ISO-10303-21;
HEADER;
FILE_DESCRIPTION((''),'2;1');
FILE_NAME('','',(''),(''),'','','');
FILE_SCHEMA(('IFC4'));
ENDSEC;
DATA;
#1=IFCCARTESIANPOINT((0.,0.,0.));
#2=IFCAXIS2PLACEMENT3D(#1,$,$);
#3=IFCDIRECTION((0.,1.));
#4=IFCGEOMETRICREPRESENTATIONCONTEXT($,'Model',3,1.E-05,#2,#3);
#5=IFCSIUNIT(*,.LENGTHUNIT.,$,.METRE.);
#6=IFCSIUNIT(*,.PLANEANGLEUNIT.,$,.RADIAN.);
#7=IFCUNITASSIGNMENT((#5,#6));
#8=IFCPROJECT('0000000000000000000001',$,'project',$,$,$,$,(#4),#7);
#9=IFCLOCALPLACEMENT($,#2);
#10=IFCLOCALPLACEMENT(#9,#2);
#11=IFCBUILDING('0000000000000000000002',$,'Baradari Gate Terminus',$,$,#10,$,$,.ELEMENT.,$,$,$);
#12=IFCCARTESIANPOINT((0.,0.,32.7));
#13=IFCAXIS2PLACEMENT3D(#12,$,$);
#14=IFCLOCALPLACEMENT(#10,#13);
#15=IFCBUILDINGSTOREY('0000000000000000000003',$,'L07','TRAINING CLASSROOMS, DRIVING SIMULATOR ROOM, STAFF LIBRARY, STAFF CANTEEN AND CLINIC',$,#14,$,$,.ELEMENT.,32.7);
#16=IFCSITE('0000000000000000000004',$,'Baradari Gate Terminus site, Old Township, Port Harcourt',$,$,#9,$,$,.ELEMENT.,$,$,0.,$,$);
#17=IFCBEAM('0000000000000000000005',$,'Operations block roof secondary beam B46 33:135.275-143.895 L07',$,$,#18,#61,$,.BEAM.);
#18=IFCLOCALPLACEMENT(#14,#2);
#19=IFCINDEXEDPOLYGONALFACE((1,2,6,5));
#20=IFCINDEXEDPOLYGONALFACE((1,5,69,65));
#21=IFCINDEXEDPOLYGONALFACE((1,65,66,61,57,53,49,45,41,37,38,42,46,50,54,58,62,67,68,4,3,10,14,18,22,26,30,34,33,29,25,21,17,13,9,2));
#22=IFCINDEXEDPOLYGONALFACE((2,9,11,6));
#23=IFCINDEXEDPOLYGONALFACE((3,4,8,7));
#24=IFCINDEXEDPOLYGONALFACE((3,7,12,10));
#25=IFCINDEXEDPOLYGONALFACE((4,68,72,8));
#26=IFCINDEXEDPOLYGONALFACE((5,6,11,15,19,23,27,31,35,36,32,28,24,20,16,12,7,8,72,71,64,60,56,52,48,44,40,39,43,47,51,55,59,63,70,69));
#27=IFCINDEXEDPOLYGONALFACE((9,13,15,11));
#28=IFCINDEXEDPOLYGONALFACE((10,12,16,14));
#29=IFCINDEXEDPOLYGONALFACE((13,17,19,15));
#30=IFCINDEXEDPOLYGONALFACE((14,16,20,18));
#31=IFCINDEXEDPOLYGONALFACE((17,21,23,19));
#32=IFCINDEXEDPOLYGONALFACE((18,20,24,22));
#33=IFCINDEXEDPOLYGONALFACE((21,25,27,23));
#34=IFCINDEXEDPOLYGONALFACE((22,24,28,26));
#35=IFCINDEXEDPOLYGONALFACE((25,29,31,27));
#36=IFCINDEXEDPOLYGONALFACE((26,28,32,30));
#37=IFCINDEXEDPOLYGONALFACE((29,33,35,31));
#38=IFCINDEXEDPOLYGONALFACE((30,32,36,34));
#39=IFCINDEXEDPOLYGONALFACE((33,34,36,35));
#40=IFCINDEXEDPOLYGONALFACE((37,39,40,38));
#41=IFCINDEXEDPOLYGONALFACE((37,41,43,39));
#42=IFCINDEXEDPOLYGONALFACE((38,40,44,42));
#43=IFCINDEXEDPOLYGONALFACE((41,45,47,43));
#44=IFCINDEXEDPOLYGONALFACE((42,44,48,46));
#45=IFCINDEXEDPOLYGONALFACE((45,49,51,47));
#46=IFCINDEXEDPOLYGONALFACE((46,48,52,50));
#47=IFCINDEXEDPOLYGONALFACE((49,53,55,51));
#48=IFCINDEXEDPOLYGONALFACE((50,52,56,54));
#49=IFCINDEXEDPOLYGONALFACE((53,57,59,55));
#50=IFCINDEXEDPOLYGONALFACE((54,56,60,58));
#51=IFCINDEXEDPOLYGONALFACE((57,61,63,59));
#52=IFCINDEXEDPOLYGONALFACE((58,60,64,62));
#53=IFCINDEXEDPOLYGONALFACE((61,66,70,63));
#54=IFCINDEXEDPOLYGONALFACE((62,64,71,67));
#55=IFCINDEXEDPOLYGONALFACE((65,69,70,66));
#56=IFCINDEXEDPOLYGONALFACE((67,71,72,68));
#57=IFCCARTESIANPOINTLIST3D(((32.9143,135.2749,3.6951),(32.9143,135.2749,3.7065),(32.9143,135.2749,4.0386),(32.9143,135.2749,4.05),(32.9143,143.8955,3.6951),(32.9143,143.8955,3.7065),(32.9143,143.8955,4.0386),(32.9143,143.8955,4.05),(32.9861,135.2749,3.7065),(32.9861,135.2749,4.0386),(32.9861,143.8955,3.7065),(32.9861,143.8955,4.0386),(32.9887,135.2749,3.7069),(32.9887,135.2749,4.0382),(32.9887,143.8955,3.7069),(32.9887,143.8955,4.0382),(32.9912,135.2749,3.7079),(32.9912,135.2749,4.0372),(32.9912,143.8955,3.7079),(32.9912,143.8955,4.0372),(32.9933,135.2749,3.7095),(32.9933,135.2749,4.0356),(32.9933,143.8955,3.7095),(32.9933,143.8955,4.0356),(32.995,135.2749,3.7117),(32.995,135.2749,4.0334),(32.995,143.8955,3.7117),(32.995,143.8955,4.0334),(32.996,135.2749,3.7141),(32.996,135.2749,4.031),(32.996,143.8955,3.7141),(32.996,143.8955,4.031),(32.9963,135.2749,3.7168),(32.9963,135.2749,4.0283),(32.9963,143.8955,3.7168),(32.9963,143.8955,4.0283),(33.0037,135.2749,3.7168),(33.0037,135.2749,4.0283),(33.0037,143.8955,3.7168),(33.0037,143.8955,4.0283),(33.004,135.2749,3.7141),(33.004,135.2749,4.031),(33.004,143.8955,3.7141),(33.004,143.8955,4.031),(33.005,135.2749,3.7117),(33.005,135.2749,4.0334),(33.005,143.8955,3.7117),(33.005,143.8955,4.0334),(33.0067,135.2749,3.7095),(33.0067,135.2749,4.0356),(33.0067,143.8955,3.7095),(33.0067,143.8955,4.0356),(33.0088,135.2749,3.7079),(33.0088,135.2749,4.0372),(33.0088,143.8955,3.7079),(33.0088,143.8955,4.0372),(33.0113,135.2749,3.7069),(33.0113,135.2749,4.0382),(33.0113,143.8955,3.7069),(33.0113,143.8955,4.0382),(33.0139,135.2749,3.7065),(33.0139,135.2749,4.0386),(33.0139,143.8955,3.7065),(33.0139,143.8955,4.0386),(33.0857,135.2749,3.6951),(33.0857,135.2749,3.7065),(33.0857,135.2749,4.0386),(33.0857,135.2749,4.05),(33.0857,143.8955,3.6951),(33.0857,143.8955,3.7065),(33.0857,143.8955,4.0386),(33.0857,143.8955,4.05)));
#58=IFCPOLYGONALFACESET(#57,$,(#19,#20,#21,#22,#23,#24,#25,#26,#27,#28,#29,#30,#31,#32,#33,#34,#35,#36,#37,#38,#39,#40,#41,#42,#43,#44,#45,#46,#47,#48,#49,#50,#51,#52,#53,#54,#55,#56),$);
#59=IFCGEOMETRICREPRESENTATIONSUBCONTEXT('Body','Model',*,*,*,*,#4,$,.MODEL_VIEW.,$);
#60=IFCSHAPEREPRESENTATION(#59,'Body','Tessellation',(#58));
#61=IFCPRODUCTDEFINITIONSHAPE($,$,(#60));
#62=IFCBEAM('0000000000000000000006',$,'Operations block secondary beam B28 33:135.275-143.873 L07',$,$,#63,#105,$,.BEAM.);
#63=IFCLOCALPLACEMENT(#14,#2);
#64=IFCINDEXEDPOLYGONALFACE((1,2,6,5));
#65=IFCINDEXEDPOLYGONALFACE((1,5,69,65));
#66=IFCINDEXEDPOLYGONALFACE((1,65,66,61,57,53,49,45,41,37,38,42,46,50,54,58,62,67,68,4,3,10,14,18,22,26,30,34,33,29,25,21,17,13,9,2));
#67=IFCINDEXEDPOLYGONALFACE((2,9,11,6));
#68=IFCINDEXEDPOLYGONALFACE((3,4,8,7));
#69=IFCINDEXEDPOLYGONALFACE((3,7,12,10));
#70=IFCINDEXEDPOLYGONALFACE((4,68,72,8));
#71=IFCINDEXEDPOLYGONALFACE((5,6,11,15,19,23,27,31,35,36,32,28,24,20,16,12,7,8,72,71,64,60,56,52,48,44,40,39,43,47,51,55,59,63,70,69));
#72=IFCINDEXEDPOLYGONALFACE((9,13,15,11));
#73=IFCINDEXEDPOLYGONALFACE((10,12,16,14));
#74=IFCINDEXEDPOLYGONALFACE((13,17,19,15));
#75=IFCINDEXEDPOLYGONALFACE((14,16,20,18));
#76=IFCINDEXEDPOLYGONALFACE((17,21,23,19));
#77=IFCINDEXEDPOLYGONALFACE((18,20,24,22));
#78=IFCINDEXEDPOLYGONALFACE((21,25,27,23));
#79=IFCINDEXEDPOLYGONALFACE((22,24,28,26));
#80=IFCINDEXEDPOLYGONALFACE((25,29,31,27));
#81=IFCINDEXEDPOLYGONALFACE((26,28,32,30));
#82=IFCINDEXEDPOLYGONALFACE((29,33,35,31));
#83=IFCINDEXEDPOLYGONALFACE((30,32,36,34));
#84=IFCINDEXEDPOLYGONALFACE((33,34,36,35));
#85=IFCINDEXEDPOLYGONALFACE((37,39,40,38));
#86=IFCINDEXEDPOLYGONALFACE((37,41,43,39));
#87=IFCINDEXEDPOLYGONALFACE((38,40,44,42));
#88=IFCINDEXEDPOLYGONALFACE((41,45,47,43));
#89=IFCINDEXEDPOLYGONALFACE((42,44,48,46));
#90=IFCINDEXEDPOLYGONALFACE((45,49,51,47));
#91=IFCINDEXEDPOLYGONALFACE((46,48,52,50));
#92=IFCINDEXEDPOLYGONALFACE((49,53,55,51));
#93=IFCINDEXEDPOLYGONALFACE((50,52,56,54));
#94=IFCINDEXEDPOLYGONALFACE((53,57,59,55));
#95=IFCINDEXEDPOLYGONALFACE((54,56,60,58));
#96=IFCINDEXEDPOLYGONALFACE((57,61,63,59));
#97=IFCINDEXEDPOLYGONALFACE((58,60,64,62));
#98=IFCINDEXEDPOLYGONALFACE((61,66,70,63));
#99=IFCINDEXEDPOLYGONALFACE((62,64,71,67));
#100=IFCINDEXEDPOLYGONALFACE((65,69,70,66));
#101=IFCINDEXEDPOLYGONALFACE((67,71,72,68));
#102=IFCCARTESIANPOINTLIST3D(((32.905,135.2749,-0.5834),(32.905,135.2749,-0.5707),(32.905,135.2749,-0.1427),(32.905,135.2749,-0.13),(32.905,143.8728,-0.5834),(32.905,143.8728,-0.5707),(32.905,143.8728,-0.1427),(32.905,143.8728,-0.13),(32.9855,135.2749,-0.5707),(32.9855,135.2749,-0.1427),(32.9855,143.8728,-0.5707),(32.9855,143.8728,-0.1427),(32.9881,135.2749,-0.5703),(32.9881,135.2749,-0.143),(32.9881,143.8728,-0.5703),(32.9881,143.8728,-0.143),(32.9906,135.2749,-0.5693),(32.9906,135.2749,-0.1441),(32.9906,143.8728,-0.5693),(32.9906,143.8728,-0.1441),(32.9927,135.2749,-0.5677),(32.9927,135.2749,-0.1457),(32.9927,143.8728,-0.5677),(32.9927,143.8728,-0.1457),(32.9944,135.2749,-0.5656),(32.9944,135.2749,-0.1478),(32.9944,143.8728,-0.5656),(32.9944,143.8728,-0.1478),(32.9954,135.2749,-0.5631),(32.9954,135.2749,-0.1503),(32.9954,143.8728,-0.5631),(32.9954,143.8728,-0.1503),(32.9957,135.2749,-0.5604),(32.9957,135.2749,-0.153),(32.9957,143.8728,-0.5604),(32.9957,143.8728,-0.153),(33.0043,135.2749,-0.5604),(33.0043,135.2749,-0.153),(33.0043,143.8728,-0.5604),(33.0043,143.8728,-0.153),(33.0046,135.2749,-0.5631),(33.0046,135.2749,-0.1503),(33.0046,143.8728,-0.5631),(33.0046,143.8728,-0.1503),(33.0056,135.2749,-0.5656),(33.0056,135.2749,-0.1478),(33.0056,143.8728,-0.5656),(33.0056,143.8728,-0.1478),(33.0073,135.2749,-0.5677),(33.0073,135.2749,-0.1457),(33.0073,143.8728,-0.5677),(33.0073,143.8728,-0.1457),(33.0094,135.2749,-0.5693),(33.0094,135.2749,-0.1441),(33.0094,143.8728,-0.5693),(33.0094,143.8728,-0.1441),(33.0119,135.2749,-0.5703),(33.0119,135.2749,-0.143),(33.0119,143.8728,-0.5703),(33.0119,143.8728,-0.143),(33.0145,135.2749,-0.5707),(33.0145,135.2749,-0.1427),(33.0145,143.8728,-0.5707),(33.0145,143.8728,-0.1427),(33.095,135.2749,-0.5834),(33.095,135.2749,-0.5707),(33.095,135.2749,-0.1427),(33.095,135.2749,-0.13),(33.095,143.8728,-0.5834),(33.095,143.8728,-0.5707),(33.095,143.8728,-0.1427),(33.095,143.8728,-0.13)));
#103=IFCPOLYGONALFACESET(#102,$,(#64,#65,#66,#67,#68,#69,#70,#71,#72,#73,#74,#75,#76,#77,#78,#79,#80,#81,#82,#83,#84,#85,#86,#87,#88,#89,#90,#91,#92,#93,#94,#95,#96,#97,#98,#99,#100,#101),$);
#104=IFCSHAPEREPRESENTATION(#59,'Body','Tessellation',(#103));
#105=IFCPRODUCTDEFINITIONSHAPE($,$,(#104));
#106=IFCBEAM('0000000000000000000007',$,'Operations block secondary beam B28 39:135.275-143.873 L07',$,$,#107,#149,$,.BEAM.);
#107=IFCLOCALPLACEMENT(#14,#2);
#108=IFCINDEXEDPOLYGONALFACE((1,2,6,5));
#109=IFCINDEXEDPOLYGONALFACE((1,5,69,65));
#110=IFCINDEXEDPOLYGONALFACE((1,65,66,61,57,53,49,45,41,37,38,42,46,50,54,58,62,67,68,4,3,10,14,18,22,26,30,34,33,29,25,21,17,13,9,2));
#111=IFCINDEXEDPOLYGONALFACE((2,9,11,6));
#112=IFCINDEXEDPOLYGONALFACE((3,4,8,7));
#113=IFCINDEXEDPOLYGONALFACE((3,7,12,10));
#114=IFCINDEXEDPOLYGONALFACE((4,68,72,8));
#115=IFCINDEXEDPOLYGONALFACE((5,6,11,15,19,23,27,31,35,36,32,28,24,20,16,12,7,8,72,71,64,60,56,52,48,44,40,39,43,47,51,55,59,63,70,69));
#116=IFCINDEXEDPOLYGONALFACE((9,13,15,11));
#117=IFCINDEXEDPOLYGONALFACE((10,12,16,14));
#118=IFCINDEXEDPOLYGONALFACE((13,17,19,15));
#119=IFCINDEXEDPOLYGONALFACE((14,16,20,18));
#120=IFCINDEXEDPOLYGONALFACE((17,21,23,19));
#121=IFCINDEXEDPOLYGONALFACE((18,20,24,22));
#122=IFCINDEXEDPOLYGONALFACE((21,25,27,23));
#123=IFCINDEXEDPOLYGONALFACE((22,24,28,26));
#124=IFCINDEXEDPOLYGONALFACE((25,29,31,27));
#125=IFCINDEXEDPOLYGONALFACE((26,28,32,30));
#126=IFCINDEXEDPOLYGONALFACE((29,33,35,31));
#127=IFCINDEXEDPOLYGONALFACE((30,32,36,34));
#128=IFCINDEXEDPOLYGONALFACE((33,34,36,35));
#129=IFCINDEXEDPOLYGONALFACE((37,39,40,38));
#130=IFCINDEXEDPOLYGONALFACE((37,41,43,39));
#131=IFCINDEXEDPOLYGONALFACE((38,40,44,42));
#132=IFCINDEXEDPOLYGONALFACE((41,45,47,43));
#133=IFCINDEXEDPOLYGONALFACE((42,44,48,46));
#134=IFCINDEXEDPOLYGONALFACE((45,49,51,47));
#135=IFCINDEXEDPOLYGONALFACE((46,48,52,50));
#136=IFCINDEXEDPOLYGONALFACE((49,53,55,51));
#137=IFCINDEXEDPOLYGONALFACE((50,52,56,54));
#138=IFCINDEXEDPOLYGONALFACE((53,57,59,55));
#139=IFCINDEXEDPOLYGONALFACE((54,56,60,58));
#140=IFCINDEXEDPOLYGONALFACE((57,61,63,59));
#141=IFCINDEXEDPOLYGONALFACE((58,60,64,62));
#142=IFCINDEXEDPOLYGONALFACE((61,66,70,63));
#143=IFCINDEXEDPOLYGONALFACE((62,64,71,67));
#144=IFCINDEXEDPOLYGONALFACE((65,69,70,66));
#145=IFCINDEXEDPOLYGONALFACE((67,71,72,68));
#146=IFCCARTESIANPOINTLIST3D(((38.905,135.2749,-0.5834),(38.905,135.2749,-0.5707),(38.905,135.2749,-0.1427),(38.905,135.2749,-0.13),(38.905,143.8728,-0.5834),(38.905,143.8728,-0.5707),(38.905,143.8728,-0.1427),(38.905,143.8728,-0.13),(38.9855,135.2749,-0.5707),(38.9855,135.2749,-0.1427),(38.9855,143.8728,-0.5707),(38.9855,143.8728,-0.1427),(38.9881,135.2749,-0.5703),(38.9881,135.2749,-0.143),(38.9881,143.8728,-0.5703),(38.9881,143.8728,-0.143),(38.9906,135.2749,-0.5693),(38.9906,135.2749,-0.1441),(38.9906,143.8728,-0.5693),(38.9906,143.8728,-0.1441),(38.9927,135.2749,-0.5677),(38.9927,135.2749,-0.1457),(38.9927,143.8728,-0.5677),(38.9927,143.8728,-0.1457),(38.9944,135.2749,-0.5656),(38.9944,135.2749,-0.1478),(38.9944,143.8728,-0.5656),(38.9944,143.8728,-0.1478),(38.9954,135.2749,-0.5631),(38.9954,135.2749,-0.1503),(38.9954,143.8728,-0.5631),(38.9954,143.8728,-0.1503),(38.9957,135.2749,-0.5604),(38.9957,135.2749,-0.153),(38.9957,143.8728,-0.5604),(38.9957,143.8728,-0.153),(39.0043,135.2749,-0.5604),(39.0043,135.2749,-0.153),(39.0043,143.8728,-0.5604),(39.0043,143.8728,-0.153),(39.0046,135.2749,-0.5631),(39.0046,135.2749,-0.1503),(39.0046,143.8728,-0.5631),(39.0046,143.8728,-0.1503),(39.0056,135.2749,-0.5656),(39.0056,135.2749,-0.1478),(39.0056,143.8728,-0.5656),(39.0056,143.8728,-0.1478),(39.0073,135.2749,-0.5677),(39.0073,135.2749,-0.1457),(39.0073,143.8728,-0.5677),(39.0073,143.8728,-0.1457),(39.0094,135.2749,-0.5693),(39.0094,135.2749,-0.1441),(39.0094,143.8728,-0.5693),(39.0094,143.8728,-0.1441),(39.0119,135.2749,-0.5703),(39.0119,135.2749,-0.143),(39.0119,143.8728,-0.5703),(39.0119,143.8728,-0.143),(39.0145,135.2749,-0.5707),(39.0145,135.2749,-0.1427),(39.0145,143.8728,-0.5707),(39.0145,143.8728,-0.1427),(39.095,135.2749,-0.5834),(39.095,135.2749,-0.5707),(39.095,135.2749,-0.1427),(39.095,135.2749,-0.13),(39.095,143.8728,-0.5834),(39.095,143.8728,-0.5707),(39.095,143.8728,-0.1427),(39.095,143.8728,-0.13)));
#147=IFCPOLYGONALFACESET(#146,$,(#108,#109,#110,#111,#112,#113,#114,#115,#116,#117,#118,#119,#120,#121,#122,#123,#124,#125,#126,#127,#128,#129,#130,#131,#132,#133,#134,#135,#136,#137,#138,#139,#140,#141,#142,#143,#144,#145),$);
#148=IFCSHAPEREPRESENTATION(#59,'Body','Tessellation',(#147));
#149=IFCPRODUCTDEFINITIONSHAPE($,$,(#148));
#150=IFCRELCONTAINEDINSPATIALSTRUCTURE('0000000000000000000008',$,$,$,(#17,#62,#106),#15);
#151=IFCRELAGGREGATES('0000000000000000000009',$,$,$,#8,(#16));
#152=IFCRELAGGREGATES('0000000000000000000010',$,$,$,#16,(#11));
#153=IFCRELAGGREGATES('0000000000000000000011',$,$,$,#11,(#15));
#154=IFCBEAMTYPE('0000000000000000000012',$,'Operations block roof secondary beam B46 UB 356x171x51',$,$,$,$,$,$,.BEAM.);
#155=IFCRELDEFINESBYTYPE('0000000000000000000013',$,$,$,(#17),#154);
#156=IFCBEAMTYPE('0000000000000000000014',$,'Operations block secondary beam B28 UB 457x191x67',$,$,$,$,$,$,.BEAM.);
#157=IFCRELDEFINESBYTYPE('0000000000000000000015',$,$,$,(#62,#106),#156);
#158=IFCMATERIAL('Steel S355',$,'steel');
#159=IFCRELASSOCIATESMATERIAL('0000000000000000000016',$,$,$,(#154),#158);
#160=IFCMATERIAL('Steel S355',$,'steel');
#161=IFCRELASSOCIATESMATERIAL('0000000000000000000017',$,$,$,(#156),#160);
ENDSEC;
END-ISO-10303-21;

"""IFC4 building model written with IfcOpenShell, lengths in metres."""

from ifc_helpers import new_model, si_unit, direction, frame, origin, origin_2d, place, context, subcontext, project, spatial, i_section, extrude, material, material_profile, profile_set, type_object, element, save


model = new_model("IFC4")

# Units and contexts
model_context = context("Model", 3, precision=1e-05, world=origin(), true_north=direction((0.0, 1.0)))
body_context = subcontext(model_context, "Body", "Model", "MODEL_VIEW")
ifc_project = project(units=[si_unit("LENGTHUNIT", "METRE"), si_unit("PLANEANGLEUNIT", "RADIAN")], contexts=[model_context])

# Site, building, storey
site_placement = place(None, origin())
site = spatial("IfcSite", under=ifc_project, at=site_placement, Name="Baradari Gate Terminus site, Old Township, Port Harcourt", CompositionType="ELEMENT", RefElevation=0.0)
building_placement = place(site_placement, origin())
building = spatial("IfcBuilding", under=site, at=building_placement, Name="Baradari Gate Terminus", CompositionType="ELEMENT")
storey_placement = place(building_placement, frame((0.0, 0.0, 32.7)))
storey = spatial("IfcBuildingStorey", under=building, at=storey_placement, Name="L07", Description="TRAINING CLASSROOMS, DRIVING SIMULATOR ROOM, STAFF LIBRARY, STAFF CANTEEN AND CLINIC", CompositionType="ELEMENT", Elevation=32.7)

# Beams
ifc_material_1 = material(Name="Steel S355", Category="steel")
ifc_material_profile_1 = material_profile(ifc_material_1, i_section(OverallWidth=0.1714, OverallDepth=0.355, WebThickness=0.0073, FlangeThickness=0.0115, FilletRadius=0.0103, at=origin_2d()), Name="UB 356x171x51")
ifc_profile_set_1 = profile_set([ifc_material_profile_1], Name="Steel S355")
beam_type_1 = type_object("IfcBeamType", Name="Operations block roof secondary beam B46 UB 356x171x51", PredefinedType="BEAM", material=ifc_profile_set_1)
beam_1_placement = place(storey_placement, frame((33.0, 135.2749, 3.8726), z_axis=(0.0, 1.0, 0.0), x_axis=(-1.0, 0.0, 0.0)))
element("IfcBeam", 1, at=beam_1_placement, inside=storey, type_object=beam_type_1, Name="Operations block roof secondary beam B46 33:135.275-143.895 L07", PredefinedType="BEAM", context=body_context, shape_type="SweptSolid", body=[
    extrude(i_section(OverallWidth=0.1714, OverallDepth=0.355, WebThickness=0.0073, FlangeThickness=0.0115, FilletRadius=0.0103, at=origin_2d()), origin(), (0.0, 0.0, 1.0), 8.6206),
])
ifc_material_2 = material(Name="Steel S355", Category="steel")
ifc_material_profile_2 = material_profile(ifc_material_2, i_section(OverallWidth=0.1899, OverallDepth=0.4534, WebThickness=0.0085, FlangeThickness=0.0127, FilletRadius=0.0103, at=origin_2d()), Name="UB 457x191x67")
ifc_profile_set_2 = profile_set([ifc_material_profile_2], Name="Steel S355")
beam_type_2 = type_object("IfcBeamType", Name="Operations block secondary beam B28 UB 457x191x67", PredefinedType="BEAM", material=ifc_profile_set_2)
for number, where, z_axis, x_axis, name in (
    (2, (33.0, 135.2749, -0.3567), (0.0, 1.0, 0.0), (-1.0, 0.0, 0.0), "Operations block secondary beam B28 33:135.275-143.873 L07"),
    (3, (39.0, 135.2749, -0.3567), (0.0, 1.0, 0.0), (-1.0, 0.0, 0.0), "Operations block secondary beam B28 39:135.275-143.873 L07"),
):
    element("IfcBeam", number, at=place(storey_placement, frame(where, z_axis=z_axis, x_axis=x_axis)), inside=storey, type_object=beam_type_2, Name=name, PredefinedType="BEAM", context=body_context, shape_type="SweptSolid", body=[
        extrude(i_section(OverallWidth=0.1899, OverallDepth=0.4534, WebThickness=0.0085, FlangeThickness=0.0127, FilletRadius=0.0103, at=origin_2d()), origin(), (0.0, 0.0, 1.0), 8.5979),
    ])

save(model, "model.ifc")
